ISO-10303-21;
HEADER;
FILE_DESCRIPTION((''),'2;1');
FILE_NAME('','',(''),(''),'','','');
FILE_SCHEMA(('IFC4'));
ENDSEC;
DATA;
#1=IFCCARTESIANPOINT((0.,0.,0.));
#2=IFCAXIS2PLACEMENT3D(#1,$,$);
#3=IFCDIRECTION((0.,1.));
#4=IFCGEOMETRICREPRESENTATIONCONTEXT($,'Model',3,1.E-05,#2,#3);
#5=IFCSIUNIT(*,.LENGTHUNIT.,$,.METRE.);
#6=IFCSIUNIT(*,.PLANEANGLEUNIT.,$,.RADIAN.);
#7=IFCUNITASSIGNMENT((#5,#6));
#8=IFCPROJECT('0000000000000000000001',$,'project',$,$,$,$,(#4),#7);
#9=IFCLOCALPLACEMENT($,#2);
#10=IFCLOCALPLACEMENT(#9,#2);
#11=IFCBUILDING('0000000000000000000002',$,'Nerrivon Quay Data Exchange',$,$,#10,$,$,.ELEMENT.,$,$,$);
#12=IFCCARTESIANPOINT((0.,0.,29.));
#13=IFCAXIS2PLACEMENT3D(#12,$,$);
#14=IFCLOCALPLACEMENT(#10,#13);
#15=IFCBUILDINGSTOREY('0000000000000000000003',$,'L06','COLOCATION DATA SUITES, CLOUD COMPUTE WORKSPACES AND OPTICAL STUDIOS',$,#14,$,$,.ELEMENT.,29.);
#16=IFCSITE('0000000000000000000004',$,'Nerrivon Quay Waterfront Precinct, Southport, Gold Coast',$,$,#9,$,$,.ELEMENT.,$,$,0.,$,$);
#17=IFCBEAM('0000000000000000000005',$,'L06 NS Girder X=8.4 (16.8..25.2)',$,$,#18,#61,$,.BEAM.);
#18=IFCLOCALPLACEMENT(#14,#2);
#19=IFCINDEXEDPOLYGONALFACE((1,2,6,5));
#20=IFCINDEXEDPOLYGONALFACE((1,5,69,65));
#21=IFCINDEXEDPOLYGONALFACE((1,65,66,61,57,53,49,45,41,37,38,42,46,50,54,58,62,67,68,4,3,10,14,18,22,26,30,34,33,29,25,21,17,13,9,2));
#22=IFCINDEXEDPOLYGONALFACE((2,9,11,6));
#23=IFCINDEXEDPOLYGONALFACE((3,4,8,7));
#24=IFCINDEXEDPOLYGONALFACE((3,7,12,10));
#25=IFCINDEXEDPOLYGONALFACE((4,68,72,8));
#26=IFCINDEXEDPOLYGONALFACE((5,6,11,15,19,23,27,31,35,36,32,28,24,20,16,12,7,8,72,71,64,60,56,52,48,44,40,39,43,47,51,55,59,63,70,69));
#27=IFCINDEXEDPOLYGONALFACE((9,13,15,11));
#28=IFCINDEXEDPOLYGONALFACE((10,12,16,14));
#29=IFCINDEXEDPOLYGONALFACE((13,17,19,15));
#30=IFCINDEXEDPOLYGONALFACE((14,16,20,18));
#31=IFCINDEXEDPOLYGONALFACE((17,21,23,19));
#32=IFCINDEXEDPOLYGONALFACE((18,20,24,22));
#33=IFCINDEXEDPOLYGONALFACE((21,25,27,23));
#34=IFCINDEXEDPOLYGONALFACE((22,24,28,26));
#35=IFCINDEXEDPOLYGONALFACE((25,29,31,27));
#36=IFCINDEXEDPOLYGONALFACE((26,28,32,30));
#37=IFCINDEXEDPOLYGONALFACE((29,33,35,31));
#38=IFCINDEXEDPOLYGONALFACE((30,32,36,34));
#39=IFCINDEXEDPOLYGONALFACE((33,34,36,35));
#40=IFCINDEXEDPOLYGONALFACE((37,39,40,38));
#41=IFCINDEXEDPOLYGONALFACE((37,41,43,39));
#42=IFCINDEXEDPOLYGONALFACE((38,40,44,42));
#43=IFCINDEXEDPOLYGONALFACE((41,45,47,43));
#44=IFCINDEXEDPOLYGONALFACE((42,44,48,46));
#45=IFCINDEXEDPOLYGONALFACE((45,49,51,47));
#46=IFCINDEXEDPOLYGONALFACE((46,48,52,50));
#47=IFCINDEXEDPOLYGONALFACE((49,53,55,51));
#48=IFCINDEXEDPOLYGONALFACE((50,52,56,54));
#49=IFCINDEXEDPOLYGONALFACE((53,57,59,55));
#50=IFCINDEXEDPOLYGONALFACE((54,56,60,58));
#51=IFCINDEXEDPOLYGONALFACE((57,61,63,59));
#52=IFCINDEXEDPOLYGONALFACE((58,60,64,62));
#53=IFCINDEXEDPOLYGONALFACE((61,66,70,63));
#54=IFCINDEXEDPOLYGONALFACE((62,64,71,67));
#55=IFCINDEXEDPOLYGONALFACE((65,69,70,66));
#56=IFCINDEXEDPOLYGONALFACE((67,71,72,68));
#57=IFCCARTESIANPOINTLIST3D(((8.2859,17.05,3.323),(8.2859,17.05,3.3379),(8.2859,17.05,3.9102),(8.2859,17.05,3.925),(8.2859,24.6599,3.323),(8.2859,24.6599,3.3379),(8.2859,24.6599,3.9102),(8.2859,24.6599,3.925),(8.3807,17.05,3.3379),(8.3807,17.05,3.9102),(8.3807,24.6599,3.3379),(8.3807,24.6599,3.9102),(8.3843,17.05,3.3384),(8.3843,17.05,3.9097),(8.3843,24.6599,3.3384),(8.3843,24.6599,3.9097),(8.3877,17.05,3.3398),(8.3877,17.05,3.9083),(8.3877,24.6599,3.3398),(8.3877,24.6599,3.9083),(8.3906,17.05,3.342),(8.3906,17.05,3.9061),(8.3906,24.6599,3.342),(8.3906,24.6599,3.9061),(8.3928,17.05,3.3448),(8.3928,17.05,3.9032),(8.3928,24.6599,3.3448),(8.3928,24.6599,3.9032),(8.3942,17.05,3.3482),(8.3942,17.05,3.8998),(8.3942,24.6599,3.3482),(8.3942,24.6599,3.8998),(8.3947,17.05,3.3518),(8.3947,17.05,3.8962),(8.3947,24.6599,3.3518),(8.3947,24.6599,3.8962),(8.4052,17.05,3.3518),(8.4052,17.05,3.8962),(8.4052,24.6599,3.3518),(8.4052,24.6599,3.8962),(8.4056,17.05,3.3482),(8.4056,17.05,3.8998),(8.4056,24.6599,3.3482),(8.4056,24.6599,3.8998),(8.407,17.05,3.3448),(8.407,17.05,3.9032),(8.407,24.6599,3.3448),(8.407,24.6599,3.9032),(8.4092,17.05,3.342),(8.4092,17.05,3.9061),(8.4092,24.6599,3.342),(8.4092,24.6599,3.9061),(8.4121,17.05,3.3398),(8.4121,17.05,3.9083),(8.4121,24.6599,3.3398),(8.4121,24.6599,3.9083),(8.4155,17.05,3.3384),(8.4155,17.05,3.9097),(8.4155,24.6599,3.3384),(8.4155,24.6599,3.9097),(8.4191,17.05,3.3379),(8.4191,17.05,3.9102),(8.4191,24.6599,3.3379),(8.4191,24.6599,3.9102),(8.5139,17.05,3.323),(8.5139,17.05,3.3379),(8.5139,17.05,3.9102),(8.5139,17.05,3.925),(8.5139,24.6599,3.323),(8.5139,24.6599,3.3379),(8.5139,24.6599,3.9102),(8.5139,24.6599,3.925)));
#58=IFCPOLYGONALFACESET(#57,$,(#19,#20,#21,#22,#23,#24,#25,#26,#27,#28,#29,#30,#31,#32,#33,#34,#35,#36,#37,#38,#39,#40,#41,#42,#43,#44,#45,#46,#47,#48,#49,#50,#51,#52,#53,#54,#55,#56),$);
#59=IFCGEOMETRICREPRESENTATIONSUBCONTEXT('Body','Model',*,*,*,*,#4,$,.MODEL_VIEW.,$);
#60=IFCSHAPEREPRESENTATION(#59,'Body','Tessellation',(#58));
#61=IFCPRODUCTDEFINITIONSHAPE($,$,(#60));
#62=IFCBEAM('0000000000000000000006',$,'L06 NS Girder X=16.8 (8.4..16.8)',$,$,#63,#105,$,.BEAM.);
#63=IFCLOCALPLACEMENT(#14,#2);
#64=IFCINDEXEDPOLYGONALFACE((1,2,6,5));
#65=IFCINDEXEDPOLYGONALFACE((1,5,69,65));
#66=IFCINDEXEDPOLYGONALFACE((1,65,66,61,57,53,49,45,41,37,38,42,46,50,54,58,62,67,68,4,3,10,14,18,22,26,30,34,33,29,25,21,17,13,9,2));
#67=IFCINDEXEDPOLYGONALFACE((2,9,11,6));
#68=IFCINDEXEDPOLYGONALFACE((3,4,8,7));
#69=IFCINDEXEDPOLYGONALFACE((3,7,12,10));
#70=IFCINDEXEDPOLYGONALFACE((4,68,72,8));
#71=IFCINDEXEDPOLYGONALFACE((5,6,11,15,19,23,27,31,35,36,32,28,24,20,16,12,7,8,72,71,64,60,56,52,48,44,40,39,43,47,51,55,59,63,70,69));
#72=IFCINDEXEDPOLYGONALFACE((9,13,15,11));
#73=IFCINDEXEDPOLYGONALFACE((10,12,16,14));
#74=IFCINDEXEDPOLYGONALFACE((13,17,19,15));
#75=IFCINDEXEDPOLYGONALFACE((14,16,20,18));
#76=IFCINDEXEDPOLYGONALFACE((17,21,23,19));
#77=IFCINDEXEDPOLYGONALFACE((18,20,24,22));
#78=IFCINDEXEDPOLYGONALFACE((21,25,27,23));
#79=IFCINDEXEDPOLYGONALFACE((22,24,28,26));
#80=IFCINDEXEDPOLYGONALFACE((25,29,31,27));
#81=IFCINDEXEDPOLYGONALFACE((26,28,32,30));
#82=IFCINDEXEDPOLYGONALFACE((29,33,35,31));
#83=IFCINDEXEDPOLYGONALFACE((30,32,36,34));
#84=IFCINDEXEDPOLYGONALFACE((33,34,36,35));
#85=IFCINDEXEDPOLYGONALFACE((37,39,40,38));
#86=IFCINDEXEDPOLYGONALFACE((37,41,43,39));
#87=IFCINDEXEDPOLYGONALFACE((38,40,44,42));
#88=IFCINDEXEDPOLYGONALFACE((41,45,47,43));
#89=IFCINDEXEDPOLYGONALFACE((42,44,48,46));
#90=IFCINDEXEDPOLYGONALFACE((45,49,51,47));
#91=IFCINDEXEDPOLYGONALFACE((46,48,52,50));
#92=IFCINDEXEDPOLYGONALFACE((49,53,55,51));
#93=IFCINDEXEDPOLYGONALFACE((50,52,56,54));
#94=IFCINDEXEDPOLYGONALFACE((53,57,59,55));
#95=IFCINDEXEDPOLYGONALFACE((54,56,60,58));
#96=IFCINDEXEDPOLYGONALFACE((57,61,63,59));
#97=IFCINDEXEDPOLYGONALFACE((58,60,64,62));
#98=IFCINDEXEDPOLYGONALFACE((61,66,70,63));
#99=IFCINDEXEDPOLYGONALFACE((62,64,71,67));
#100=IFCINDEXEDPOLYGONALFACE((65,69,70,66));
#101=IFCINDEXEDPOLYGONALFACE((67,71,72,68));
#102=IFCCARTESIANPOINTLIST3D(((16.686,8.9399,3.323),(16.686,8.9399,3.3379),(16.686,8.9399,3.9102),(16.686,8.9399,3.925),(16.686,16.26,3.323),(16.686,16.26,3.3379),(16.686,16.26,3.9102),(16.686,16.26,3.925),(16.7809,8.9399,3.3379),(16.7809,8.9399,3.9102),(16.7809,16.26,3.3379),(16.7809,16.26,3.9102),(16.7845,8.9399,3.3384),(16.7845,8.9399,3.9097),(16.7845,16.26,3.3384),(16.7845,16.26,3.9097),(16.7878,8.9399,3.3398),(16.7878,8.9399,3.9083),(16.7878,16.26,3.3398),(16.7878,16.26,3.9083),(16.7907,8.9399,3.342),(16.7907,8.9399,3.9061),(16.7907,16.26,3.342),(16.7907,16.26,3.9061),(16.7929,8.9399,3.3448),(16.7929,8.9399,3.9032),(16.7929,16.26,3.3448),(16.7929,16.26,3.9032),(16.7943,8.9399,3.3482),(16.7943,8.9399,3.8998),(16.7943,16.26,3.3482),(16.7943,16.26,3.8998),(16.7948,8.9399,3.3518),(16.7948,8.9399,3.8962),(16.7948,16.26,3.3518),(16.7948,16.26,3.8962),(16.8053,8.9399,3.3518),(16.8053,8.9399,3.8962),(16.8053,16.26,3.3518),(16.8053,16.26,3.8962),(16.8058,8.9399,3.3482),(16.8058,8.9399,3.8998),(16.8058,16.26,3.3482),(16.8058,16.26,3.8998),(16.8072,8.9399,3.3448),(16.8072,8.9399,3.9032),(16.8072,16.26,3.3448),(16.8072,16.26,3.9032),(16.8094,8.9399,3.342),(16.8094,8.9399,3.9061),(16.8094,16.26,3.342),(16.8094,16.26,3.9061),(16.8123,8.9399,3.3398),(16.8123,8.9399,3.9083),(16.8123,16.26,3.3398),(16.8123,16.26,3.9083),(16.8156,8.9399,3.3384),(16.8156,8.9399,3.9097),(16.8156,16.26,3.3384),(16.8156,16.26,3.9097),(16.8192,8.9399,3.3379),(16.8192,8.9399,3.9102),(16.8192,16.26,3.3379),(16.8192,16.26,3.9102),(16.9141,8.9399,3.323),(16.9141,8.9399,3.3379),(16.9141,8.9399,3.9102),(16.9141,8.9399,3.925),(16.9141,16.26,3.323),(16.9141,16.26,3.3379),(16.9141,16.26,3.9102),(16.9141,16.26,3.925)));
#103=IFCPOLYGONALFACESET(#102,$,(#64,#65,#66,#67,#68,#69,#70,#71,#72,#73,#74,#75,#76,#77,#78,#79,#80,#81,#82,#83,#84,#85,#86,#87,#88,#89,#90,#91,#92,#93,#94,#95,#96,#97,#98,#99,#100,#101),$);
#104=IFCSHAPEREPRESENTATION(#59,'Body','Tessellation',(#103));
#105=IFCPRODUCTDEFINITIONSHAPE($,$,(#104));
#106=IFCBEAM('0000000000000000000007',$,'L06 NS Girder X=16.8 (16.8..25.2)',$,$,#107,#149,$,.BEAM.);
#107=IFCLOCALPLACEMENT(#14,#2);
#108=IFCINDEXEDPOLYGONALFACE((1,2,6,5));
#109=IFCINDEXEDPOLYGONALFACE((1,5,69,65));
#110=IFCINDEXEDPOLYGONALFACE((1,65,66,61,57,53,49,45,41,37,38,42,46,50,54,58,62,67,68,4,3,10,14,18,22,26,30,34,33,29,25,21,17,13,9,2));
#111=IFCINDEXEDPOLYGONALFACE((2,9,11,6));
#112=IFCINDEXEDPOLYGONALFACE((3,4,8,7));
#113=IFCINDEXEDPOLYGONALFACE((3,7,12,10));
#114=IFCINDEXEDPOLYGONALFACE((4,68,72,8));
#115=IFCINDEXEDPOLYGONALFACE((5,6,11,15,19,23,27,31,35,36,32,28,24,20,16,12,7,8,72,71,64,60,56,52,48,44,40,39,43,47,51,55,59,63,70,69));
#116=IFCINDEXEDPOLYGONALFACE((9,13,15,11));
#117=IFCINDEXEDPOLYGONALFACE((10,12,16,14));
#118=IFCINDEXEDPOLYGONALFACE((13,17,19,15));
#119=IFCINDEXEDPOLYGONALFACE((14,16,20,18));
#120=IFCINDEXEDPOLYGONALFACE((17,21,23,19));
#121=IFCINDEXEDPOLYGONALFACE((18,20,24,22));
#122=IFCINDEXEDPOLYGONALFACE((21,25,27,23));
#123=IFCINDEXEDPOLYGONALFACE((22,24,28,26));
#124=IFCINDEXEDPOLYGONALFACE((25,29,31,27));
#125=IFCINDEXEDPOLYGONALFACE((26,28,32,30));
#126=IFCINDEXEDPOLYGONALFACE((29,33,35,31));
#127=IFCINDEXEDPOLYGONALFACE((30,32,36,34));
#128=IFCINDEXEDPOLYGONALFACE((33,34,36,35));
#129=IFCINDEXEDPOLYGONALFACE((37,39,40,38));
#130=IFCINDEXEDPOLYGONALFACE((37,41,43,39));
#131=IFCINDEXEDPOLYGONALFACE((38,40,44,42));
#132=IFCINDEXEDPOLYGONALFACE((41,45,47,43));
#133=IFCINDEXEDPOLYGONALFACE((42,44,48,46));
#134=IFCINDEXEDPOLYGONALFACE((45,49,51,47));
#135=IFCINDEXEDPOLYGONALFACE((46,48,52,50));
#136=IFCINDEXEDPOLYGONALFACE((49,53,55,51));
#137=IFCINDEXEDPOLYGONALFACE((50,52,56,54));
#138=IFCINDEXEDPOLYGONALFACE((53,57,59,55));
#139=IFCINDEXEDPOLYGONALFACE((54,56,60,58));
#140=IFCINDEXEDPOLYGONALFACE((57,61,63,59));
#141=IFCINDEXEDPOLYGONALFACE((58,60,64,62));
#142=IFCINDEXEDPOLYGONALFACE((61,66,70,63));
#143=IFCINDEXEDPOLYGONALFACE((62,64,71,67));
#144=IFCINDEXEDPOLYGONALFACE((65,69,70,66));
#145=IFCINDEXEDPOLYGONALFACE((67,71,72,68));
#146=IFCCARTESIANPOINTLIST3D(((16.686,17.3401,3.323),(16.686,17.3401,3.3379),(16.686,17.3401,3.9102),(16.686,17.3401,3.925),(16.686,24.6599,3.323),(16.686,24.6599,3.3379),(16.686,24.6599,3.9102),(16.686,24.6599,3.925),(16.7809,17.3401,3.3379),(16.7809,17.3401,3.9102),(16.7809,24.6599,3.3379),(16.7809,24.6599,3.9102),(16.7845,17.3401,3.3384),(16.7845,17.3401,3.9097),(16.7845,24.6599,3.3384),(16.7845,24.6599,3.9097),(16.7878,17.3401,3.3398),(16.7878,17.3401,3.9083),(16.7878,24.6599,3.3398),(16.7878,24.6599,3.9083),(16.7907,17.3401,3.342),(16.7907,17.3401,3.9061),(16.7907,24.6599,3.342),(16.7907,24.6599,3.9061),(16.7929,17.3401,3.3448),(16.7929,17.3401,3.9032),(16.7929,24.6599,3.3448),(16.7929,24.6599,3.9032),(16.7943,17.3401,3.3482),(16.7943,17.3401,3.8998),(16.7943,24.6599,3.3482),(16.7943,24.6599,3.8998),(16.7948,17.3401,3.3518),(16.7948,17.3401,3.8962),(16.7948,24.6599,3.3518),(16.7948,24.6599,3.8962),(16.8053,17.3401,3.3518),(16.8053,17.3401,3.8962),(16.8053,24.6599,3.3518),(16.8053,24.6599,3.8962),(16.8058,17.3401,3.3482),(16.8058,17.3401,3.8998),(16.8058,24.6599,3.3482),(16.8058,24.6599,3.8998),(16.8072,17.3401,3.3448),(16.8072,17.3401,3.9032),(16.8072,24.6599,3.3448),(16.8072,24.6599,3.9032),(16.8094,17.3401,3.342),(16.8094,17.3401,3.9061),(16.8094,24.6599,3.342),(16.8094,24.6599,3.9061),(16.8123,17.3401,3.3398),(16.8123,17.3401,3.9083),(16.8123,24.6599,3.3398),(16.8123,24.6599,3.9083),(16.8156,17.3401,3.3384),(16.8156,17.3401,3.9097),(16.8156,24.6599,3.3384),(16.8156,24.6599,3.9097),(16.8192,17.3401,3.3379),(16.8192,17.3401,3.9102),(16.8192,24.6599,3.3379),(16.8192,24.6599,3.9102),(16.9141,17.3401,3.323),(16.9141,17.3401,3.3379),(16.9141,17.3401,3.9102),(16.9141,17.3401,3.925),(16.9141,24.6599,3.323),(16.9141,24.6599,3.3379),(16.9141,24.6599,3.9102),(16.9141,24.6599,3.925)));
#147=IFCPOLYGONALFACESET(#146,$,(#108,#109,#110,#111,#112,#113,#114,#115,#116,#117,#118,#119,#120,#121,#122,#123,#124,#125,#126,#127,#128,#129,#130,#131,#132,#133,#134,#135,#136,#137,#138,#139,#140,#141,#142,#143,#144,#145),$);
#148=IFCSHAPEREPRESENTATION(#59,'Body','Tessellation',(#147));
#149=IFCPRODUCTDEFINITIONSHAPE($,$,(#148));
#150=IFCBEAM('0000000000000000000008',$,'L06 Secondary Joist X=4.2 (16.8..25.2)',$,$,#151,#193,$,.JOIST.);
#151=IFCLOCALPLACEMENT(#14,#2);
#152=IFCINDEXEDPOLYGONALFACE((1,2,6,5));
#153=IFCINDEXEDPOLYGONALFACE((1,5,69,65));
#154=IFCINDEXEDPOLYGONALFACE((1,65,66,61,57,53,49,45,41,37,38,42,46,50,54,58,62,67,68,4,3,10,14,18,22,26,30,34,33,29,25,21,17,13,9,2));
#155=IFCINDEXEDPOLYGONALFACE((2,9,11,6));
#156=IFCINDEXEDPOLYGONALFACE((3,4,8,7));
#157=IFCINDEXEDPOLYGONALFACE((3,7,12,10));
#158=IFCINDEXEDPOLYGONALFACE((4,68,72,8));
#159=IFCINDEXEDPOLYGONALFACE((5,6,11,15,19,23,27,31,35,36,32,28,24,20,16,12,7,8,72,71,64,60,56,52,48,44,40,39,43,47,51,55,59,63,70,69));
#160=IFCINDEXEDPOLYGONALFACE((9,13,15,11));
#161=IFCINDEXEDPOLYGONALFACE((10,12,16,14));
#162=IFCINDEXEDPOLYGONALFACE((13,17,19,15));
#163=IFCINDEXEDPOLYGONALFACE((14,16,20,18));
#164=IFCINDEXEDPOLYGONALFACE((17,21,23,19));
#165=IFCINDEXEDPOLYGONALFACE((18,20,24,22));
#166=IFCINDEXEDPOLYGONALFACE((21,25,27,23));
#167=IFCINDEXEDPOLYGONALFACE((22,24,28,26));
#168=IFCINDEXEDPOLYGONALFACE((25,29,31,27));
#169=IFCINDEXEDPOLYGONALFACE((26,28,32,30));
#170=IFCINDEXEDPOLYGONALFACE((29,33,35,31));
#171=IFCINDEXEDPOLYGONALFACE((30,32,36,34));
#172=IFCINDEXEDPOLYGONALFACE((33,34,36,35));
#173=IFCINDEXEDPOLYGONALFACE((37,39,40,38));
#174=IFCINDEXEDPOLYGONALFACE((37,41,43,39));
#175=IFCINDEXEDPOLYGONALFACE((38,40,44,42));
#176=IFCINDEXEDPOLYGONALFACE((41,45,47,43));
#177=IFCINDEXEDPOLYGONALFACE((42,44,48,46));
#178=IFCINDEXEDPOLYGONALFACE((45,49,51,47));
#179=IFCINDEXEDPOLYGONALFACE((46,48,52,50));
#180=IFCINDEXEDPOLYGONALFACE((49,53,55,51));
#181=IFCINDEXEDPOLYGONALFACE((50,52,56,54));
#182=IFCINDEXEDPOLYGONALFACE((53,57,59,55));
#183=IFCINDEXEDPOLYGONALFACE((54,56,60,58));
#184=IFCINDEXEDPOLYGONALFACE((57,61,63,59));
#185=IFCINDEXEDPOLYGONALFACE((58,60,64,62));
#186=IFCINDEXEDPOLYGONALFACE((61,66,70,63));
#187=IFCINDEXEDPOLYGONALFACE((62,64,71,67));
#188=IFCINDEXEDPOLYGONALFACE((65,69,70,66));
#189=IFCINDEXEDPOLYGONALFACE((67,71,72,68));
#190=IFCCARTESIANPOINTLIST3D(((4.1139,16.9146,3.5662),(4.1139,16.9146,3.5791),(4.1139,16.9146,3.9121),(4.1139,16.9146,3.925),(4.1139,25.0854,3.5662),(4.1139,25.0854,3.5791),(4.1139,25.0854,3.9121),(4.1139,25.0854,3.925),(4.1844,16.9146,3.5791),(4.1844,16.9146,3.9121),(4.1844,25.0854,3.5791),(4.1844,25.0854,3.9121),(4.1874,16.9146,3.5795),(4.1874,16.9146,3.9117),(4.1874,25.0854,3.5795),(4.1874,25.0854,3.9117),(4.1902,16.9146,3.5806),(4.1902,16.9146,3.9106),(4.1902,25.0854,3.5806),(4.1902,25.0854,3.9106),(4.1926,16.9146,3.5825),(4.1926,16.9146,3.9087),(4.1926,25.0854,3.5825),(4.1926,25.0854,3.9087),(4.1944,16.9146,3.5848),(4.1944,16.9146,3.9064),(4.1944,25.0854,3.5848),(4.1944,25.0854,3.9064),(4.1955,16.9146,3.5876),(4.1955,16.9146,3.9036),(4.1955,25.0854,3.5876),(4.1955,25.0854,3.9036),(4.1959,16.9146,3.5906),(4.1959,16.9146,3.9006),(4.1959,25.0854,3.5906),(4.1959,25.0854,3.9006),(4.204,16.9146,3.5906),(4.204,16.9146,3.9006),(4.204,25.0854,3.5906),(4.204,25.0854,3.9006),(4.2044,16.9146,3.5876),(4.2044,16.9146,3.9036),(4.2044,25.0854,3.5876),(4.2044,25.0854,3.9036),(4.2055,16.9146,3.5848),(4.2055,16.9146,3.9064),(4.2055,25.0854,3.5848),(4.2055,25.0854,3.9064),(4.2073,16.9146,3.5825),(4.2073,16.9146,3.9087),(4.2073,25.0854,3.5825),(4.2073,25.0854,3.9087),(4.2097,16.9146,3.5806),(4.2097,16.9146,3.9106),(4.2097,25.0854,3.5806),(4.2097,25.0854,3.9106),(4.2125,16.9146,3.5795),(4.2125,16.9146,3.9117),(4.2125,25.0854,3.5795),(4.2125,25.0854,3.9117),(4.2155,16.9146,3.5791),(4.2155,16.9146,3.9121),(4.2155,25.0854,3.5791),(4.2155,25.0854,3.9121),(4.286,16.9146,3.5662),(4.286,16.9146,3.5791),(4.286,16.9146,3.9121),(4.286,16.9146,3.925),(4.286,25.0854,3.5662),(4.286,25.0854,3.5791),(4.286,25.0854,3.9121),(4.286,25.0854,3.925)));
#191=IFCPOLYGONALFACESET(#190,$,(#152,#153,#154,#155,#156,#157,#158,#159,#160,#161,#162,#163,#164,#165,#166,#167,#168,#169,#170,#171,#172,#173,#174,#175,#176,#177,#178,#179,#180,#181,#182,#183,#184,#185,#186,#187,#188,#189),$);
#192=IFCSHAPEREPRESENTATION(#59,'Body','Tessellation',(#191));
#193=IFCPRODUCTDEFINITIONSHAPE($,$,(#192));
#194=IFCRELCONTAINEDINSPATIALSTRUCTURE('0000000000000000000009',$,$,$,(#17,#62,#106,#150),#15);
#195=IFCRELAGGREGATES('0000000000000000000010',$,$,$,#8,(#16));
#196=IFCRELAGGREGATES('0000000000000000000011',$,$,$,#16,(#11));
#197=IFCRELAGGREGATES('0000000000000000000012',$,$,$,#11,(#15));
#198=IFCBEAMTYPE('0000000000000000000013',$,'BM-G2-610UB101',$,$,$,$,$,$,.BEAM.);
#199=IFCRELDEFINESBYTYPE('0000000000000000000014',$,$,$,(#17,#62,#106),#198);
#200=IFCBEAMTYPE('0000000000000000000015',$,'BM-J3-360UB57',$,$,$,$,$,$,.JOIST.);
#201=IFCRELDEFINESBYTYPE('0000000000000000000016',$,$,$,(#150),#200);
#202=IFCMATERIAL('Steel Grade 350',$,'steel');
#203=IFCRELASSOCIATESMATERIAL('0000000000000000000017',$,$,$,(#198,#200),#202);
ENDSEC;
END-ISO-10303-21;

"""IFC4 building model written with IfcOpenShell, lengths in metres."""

from ifc_helpers import new_model, si_unit, direction, frame, origin, origin_2d, place, context, subcontext, project, spatial, i_section, extrude, material, material_profile, profile_set, type_object, element, save


model = new_model("IFC4")

# Units and contexts
model_context = context("Model", 3, precision=1e-05, world=origin(), true_north=direction((0.0, 1.0)))
body_context = subcontext(model_context, "Body", "Model", "MODEL_VIEW")
ifc_project = project(units=[si_unit("LENGTHUNIT", "METRE"), si_unit("PLANEANGLEUNIT", "RADIAN")], contexts=[model_context])

# Site, building, storey
site_placement = place(None, origin())
site = spatial("IfcSite", under=ifc_project, at=site_placement, Name="Nerrivon Quay Waterfront Precinct, Southport, Gold Coast", CompositionType="ELEMENT", RefElevation=0.0)
building_placement = place(site_placement, origin())
building = spatial("IfcBuilding", under=site, at=building_placement, Name="Nerrivon Quay Data Exchange", CompositionType="ELEMENT")
storey_placement = place(building_placement, frame((0.0, 0.0, 29.0)))
storey = spatial("IfcBuildingStorey", under=building, at=storey_placement, Name="L06", Description="COLOCATION DATA SUITES, CLOUD COMPUTE WORKSPACES AND OPTICAL STUDIOS", CompositionType="ELEMENT", Elevation=29.0)

# Shared definitions
ifc_material_1 = material(Name="Steel Grade 350", Category="steel")

# Beams
ifc_material_profile_1 = material_profile(ifc_material_1, i_section(OverallWidth=0.228, OverallDepth=0.6021, WebThickness=0.0105, FlangeThickness=0.0149, FilletRadius=0.0139, at=origin_2d()), Name="610UB101")
ifc_profile_set_1 = profile_set([ifc_material_profile_1], Name="Steel Grade 350")
beam_type_1 = type_object("IfcBeamType", Name="BM-G2-610UB101", PredefinedType="BEAM", material=ifc_profile_set_1)
beam_1_placement = place(storey_placement, frame((8.3999, 17.05, 3.624), z_axis=(0.0, 1.0, 0.0), x_axis=(-1.0, 0.0, 0.0)))
element("IfcBeam", 1, at=beam_1_placement, inside=storey, type_object=beam_type_1, Name="L06 NS Girder X=8.4 (16.8..25.2)", PredefinedType="BEAM", context=body_context, shape_type="SweptSolid", body=[
    extrude(i_section(OverallWidth=0.228, OverallDepth=0.6021, WebThickness=0.0105, FlangeThickness=0.0149, FilletRadius=0.0139, at=origin_2d()), origin(), (0.0, 0.0, 1.0), 7.6099),
])
beam_2_placement = place(storey_placement, frame((16.8, 8.9399, 3.624), z_axis=(0.0, 1.0, 0.0), x_axis=(-1.0, 0.0, 0.0)))
element("IfcBeam", 2, at=beam_2_placement, inside=storey, type_object=beam_type_1, Name="L06 NS Girder X=16.8 (8.4..16.8)", PredefinedType="BEAM", context=body_context, shape_type="SweptSolid", body=[
    extrude(i_section(OverallWidth=0.228, OverallDepth=0.6021, WebThickness=0.0105, FlangeThickness=0.0149, FilletRadius=0.0139, at=origin_2d()), origin(), (0.0, 0.0, 1.0), 7.3201),
])
beam_3_placement = place(storey_placement, frame((16.8, 17.3401, 3.624), z_axis=(0.0, 1.0, 0.0), x_axis=(-1.0, 0.0, 0.0)))
element("IfcBeam", 3, at=beam_3_placement, inside=storey, type_object=beam_type_1, Name="L06 NS Girder X=16.8 (16.8..25.2)", PredefinedType="BEAM", context=body_context, shape_type="SweptSolid", body=[
    extrude(i_section(OverallWidth=0.228, OverallDepth=0.6021, WebThickness=0.0105, FlangeThickness=0.0149, FilletRadius=0.0139, at=origin_2d()), origin(), (0.0, 0.0, 1.0), 7.3198),
])
ifc_material_profile_2 = material_profile(ifc_material_1, i_section(OverallWidth=0.1721, OverallDepth=0.3589, WebThickness=0.0081, FlangeThickness=0.0129, FilletRadius=0.0115, at=origin_2d()), Name="360UB56.7")
ifc_profile_set_2 = profile_set([ifc_material_profile_2], Name="Steel Grade 350")
beam_type_2 = type_object("IfcBeamType", Name="BM-J3-360UB57", PredefinedType="JOIST", material=ifc_profile_set_2)
beam_4_placement = place(storey_placement, frame((4.2, 16.9146, 3.7456), z_axis=(0.0, 1.0, 0.0), x_axis=(-1.0, 0.0, 0.0)))
element("IfcBeam", 4, at=beam_4_placement, inside=storey, type_object=beam_type_2, Name="L06 Secondary Joist X=4.2 (16.8..25.2)", PredefinedType="JOIST", context=body_context, shape_type="SweptSolid", body=[
    extrude(i_section(OverallWidth=0.1721, OverallDepth=0.3589, WebThickness=0.0081, FlangeThickness=0.0129, FilletRadius=0.0115, at=origin_2d()), origin(), (0.0, 0.0, 1.0), 8.1709),
])

save(model, "model.ifc")
